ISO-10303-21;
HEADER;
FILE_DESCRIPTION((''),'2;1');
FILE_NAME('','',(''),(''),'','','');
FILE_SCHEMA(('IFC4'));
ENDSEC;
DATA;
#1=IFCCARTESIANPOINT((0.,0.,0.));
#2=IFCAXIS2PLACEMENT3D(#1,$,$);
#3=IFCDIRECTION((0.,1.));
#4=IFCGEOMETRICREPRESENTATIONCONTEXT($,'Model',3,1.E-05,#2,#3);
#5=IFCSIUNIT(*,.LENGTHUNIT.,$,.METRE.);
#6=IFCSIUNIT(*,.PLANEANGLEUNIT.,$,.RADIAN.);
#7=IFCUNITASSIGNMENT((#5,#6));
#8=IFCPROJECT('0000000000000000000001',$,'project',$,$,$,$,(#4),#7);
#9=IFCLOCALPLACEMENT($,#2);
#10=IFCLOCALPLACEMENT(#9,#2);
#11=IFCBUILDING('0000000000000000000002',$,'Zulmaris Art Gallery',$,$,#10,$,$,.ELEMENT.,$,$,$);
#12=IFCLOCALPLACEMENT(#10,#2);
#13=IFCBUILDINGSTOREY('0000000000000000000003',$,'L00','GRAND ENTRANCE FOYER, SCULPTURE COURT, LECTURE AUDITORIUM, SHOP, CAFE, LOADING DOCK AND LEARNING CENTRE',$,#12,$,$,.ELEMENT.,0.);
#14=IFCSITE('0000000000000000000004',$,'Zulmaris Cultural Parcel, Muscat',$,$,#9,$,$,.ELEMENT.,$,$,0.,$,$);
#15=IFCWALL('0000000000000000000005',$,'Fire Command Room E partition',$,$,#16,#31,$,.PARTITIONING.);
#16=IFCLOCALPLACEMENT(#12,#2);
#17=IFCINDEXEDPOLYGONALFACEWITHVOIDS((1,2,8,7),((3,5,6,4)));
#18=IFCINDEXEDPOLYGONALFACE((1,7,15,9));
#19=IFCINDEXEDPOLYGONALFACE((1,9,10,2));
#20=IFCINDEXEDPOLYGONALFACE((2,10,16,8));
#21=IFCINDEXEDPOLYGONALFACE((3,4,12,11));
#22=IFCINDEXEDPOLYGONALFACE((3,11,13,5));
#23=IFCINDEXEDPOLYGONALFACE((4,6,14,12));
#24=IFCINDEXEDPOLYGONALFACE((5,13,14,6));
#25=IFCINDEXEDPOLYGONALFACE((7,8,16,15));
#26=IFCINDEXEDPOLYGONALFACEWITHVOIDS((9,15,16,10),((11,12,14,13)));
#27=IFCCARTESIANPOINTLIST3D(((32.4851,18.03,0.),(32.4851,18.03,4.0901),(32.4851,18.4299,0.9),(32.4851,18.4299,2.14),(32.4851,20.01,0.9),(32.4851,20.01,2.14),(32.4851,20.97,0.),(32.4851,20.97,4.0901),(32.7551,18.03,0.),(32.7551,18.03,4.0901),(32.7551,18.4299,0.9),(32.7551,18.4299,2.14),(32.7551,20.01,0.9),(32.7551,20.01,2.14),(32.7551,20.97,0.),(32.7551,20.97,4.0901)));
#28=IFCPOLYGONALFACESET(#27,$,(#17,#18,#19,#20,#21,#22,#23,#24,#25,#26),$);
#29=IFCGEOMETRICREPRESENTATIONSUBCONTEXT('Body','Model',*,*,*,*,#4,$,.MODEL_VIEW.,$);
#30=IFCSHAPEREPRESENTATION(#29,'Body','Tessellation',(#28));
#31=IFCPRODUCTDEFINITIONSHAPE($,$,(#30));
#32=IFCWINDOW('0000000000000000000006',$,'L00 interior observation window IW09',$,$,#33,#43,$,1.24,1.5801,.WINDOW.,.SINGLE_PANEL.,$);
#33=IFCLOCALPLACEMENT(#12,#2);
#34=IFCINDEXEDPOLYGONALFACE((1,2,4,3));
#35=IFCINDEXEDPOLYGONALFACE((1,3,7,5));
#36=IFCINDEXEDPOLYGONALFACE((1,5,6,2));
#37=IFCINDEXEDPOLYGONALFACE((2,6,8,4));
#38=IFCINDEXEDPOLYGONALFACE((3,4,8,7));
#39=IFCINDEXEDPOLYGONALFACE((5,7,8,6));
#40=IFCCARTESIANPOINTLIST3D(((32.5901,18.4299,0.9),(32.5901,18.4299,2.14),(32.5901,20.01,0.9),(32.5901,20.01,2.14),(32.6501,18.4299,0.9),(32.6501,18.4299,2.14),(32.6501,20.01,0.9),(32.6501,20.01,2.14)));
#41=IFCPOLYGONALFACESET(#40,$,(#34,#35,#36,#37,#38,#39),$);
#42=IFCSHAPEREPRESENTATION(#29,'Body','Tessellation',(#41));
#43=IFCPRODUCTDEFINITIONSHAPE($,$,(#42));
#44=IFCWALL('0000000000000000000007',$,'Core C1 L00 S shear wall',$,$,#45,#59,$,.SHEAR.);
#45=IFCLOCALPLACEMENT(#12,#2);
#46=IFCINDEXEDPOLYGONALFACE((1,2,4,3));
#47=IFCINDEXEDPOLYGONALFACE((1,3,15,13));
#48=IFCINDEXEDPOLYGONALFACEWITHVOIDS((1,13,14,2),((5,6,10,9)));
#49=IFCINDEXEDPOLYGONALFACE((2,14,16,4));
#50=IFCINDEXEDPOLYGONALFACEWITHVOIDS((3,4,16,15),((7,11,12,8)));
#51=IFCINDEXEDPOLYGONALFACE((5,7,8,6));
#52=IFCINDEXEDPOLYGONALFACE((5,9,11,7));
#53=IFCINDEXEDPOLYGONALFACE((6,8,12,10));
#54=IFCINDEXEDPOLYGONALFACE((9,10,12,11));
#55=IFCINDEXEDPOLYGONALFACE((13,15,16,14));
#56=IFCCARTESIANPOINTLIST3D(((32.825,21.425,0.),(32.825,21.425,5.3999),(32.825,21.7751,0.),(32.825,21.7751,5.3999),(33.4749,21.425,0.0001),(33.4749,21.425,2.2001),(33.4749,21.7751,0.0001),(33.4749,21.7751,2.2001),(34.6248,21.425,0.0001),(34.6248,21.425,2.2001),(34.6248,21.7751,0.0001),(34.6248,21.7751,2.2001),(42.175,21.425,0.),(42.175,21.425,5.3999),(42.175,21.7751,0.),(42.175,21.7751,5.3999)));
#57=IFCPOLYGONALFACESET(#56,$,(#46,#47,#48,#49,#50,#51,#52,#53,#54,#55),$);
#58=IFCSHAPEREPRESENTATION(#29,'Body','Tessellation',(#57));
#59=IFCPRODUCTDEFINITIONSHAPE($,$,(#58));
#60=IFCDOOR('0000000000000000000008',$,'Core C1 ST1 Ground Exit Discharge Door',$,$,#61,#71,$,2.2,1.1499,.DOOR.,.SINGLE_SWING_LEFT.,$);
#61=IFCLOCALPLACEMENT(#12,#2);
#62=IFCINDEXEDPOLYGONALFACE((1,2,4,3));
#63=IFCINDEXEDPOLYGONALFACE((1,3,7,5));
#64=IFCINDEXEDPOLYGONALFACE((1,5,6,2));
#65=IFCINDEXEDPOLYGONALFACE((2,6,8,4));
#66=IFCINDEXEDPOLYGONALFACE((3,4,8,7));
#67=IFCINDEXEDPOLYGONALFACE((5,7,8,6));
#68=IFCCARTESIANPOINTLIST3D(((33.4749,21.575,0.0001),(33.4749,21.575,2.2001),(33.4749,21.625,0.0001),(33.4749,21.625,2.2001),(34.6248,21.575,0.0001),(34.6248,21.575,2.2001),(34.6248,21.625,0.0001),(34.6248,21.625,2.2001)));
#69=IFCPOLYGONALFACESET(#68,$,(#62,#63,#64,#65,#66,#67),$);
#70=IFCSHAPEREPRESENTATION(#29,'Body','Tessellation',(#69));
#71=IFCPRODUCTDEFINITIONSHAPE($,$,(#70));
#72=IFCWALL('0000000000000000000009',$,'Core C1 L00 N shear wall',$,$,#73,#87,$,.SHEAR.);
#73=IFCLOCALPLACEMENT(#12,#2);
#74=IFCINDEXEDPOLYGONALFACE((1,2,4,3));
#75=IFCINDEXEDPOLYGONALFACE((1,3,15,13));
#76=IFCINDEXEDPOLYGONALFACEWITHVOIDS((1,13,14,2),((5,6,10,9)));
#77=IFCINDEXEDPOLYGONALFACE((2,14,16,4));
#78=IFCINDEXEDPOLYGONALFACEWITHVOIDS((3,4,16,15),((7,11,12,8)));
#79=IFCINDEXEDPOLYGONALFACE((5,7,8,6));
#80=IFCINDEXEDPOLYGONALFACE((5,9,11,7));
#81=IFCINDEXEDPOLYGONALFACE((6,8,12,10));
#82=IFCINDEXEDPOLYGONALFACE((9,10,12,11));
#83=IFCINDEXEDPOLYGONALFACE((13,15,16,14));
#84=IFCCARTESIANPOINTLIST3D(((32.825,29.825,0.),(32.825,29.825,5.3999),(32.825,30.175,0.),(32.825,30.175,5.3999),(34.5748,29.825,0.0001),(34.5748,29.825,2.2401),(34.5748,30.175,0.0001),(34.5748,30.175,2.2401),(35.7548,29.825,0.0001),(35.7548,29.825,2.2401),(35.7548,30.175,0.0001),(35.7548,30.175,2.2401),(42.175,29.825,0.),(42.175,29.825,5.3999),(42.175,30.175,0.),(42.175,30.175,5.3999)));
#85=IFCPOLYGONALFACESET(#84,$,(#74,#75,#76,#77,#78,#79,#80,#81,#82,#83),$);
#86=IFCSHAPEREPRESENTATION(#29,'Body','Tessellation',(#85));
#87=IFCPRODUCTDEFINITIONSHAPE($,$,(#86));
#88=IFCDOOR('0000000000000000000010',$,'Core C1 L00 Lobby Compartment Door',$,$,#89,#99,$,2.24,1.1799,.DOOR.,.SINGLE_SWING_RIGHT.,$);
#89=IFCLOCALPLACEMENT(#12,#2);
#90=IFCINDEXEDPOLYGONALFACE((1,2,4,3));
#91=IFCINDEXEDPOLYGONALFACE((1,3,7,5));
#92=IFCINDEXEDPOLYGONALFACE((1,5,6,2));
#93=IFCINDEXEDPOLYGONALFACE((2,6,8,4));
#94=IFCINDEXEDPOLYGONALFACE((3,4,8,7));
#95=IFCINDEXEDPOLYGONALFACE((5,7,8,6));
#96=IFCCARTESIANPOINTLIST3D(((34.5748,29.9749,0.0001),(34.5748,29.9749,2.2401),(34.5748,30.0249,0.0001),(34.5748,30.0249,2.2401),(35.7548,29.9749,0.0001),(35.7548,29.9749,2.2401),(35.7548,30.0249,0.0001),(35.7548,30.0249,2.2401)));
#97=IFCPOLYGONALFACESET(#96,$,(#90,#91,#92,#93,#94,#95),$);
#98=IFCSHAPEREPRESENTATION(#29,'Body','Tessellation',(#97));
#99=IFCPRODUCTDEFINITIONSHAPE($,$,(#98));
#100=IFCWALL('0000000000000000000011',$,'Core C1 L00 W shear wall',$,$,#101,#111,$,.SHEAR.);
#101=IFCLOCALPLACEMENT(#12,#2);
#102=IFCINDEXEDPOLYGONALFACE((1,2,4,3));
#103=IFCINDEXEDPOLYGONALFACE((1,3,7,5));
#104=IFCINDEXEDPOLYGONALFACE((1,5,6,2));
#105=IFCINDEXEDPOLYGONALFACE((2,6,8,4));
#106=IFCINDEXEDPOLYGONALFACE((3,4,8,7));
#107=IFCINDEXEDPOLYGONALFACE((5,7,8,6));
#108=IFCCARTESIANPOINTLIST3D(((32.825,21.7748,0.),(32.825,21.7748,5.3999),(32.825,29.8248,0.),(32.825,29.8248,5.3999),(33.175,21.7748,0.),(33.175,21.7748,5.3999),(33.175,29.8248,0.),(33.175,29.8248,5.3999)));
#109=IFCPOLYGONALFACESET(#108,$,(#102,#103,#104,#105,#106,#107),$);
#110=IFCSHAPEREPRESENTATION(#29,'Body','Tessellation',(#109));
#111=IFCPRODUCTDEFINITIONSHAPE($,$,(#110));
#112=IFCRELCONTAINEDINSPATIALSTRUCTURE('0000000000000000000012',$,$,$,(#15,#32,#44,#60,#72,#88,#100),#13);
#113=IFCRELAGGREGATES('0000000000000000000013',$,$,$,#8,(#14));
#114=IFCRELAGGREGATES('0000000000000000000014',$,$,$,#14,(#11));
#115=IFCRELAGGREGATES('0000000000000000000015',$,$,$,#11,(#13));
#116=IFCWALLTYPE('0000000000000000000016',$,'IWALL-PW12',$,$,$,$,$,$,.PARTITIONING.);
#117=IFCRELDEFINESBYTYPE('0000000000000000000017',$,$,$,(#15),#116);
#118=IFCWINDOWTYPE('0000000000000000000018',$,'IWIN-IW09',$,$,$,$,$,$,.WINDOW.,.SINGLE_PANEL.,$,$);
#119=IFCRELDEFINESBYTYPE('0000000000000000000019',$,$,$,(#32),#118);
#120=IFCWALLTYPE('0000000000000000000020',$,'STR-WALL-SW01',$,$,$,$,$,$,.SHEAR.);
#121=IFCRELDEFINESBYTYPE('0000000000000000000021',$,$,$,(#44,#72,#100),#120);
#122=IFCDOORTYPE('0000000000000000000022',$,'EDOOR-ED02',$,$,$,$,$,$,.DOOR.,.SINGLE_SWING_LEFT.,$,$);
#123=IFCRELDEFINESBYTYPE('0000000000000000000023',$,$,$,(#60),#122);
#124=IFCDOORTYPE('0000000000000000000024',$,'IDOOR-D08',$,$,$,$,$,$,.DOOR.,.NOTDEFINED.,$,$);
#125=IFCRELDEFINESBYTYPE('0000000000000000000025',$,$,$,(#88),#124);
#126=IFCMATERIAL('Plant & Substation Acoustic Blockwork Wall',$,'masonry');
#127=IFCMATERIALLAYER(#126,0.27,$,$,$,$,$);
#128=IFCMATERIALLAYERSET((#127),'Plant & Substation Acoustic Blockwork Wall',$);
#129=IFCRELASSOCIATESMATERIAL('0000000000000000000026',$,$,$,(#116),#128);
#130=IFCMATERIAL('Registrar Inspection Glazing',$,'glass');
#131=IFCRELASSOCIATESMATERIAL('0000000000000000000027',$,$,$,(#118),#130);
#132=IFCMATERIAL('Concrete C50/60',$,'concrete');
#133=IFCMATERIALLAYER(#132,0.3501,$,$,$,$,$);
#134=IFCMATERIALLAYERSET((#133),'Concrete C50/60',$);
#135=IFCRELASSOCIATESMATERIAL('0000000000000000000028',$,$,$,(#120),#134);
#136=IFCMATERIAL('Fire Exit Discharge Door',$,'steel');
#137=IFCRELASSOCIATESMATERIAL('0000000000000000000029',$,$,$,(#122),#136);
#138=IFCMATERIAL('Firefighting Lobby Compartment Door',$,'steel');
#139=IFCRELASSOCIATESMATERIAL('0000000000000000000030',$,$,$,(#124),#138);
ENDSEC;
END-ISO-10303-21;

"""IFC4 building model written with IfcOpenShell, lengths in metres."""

from ifc_helpers import new_model, si_unit, direction, frame, frame_2d, origin, place, context, subcontext, project, spatial, rectangle, extrude, material, layer, layer_set, type_object, element, fill, save


model = new_model("IFC4")

# Units and contexts
model_context = context("Model", 3, precision=1e-05, world=origin(), true_north=direction((0.0, 1.0)))
body_context = subcontext(model_context, "Body", "Model", "MODEL_VIEW")
ifc_project = project(units=[si_unit("LENGTHUNIT", "METRE"), si_unit("PLANEANGLEUNIT", "RADIAN")], contexts=[model_context])

# Site, building, storey
site_placement = place(None, origin())
site = spatial("IfcSite", under=ifc_project, at=site_placement, Name="Zulmaris Cultural Parcel, Muscat", CompositionType="ELEMENT", RefElevation=0.0)
building_placement = place(site_placement, origin())
building = spatial("IfcBuilding", under=site, at=building_placement, Name="Zulmaris Art Gallery", CompositionType="ELEMENT")
storey_placement = place(building_placement, origin())
storey = spatial("IfcBuildingStorey", under=building, at=storey_placement, Name="L00", Description="GRAND ENTRANCE FOYER, SCULPTURE COURT, LECTURE AUDITORIUM, SHOP, CAFE, LOADING DOCK AND LEARNING CENTRE", CompositionType="ELEMENT", Elevation=0.0)

# Shared definitions
ifc_material_1 = material(Name="Concrete C50/60", Category="concrete")

# Wall, opening, window
ifc_material_2 = material(Name="Plant & Substation Acoustic Blockwork Wall", Category="masonry")
ifc_layer_1 = layer(ifc_material_2, 0.27)
ifc_layer_set_1 = layer_set([ifc_layer_1], Name="Plant & Substation Acoustic Blockwork Wall")
wall_type_1 = type_object("IfcWallType", Name="IWALL-PW12", PredefinedType="PARTITIONING", material=ifc_layer_set_1)
wall_1_placement = place(storey_placement, frame((32.6201, 18.03, 0.0), z_axis=(0.0, 0.0, 1.0), x_axis=(0.0, 1.0, 0.0)))
wall_1 = element("IfcWall", 1, at=wall_1_placement, inside=storey, type_object=wall_type_1, Name="Fire Command Room E partition", PredefinedType="PARTITIONING", context=body_context, shape_type="SweptSolid", body=[
    extrude(rectangle(XDim=2.9399, YDim=0.27, at=frame_2d((1.47, 0.0))), origin(), (0.0, 0.0, 1.0), 4.0901),
])
opening_1_placement = place(wall_1_placement, frame((0.3999, 0.0, 0.8999)))
opening_1 = element("IfcOpeningElement", 2, at=opening_1_placement, cuts=wall_1, PredefinedType="OPENING", context=body_context, shape_type="SweptSolid", body=[
    extrude(rectangle(XDim=1.5801, YDim=1.24, at=frame_2d((0.79, 0.6201))), frame((0.0, 0.145, 0.0), z_axis=(0.0, -1.0, 0.0), x_axis=(1.0, 0.0, 0.0)), (0.0, 0.0, 1.0), 0.29),
])
ifc_material_3 = material(Name="Registrar Inspection Glazing", Category="glass")
window_type_1 = type_object("IfcWindowType", Name="IWIN-IW09", PartitioningType="SINGLE_PANEL", PredefinedType="WINDOW", material=ifc_material_3)
window_1_placement = place(opening_1_placement, origin())
window_1 = element("IfcWindow", 3, at=window_1_placement, inside=storey, type_object=window_type_1, Name="L00 interior observation window IW09", OverallHeight=1.24, OverallWidth=1.5801, PartitioningType="SINGLE_PANEL", PredefinedType="WINDOW", context=body_context, shape_type="SweptSolid", body=[
    extrude(rectangle(XDim=1.5801, YDim=1.24, at=frame_2d((0.79, 0.6201))), frame((0.0, 0.03, 0.0), z_axis=(0.0, -1.0, 0.0), x_axis=(1.0, 0.0, 0.0)), (0.0, 0.0, 1.0), 0.0601),
])
fill(opening_1, window_1)

# Walls, openings, doors
ifc_layer_2 = layer(ifc_material_1, 0.3501)
ifc_layer_set_2 = layer_set([ifc_layer_2], Name="Concrete C50/60")
wall_type_2 = type_object("IfcWallType", Name="STR-WALL-SW01", PredefinedType="SHEAR", material=ifc_layer_set_2)
wall_2_placement = place(storey_placement, frame((32.825, 21.6001, 0.0), z_axis=(0.0, 0.0, 1.0), x_axis=(1.0, 0.0, 0.0)))
wall_2 = element("IfcWall", 4, at=wall_2_placement, inside=storey, type_object=wall_type_2, Name="Core C1 L00 S shear wall", PredefinedType="SHEAR", context=body_context, shape_type="SweptSolid", body=[
    extrude(rectangle(XDim=9.3501, YDim=0.3501, at=frame_2d((4.675, 0.0))), origin(), (0.0, 0.0, 1.0), 5.3999),
])
opening_2_placement = place(wall_2_placement, frame((0.6499, 0.0, 0.0)))
opening_2 = element("IfcOpeningElement", 5, at=opening_2_placement, cuts=wall_2, PredefinedType="OPENING", context=body_context, shape_type="SweptSolid", body=[
    extrude(rectangle(XDim=1.1499, YDim=2.2, at=frame_2d((0.575, 1.1001))), frame((0.0, 0.1851, 0.0), z_axis=(0.0, -1.0, 0.0), x_axis=(1.0, 0.0, 0.0)), (0.0, 0.0, 1.0), 0.3701),
])
ifc_material_4 = material(Name="Fire Exit Discharge Door", Category="steel")
door_type_1 = type_object("IfcDoorType", Name="EDOOR-ED02", OperationType="SINGLE_SWING_LEFT", PredefinedType="DOOR", material=ifc_material_4)
door_1_placement = place(opening_2_placement, origin())
door_1 = element("IfcDoor", 6, at=door_1_placement, inside=storey, type_object=door_type_1, Name="Core C1 ST1 Ground Exit Discharge Door", OperationType="SINGLE_SWING_LEFT", OverallHeight=2.2, OverallWidth=1.1499, PredefinedType="DOOR", context=body_context, shape_type="SweptSolid", body=[
    extrude(rectangle(XDim=1.1499, YDim=2.2, at=frame_2d((0.575, 1.1001))), frame((0.0, 0.0249, 0.0), z_axis=(0.0, -1.0, 0.0), x_axis=(1.0, 0.0, 0.0)), (0.0, 0.0, 1.0), 0.05),
])
fill(opening_2, door_1)
wall_3_placement = place(storey_placement, frame((32.825, 30.0, 0.0), z_axis=(0.0, 0.0, 1.0), x_axis=(1.0, 0.0, 0.0)))
wall_3 = element("IfcWall", 7, at=wall_3_placement, inside=storey, type_object=wall_type_2, Name="Core C1 L00 N shear wall", PredefinedType="SHEAR", context=body_context, shape_type="SweptSolid", body=[
    extrude(rectangle(XDim=9.3501, YDim=0.3501, at=frame_2d((4.675, 0.0))), origin(), (0.0, 0.0, 1.0), 5.3999),
])
opening_3_placement = place(wall_3_placement, frame((1.75, 0.0, 0.0)))
opening_3 = element("IfcOpeningElement", 8, at=opening_3_placement, cuts=wall_3, PredefinedType="OPENING", context=body_context, shape_type="SweptSolid", body=[
    extrude(rectangle(XDim=1.1799, YDim=2.24, at=frame_2d((0.5898, 1.1201))), frame((0.0, 0.1851, 0.0), z_axis=(0.0, -1.0, 0.0), x_axis=(1.0, 0.0, 0.0)), (0.0, 0.0, 1.0), 0.3701),
])
ifc_material_5 = material(Name="Firefighting Lobby Compartment Door", Category="steel")
door_type_2 = type_object("IfcDoorType", Name="IDOOR-D08", OperationType="NOTDEFINED", PredefinedType="DOOR", material=ifc_material_5)
door_2_placement = place(opening_3_placement, origin())
door_2 = element("IfcDoor", 9, at=door_2_placement, inside=storey, type_object=door_type_2, Name="Core C1 L00 Lobby Compartment Door", OperationType="SINGLE_SWING_RIGHT", OverallHeight=2.24, OverallWidth=1.1799, PredefinedType="DOOR", context=body_context, shape_type="SweptSolid", body=[
    extrude(rectangle(XDim=1.1799, YDim=2.24, at=frame_2d((0.5898, 1.1201))), frame((0.0, 0.0249, 0.0), z_axis=(0.0, -1.0, 0.0), x_axis=(1.0, 0.0, 0.0)), (0.0, 0.0, 1.0), 0.05),
])
fill(opening_3, door_2)

# Wall
wall_4_placement = place(storey_placement, frame((33.0, 21.7749, 0.0), z_axis=(0.0, 0.0, 1.0), x_axis=(0.0, 1.0, 0.0)))
element("IfcWall", 10, at=wall_4_placement, inside=storey, type_object=wall_type_2, Name="Core C1 L00 W shear wall", PredefinedType="SHEAR", context=body_context, shape_type="SweptSolid", body=[
    extrude(rectangle(XDim=8.05, YDim=0.3501, at=frame_2d((4.0249, 0.0))), origin(), (0.0, 0.0, 1.0), 5.3999),
])

save(model, "model.ifc")
